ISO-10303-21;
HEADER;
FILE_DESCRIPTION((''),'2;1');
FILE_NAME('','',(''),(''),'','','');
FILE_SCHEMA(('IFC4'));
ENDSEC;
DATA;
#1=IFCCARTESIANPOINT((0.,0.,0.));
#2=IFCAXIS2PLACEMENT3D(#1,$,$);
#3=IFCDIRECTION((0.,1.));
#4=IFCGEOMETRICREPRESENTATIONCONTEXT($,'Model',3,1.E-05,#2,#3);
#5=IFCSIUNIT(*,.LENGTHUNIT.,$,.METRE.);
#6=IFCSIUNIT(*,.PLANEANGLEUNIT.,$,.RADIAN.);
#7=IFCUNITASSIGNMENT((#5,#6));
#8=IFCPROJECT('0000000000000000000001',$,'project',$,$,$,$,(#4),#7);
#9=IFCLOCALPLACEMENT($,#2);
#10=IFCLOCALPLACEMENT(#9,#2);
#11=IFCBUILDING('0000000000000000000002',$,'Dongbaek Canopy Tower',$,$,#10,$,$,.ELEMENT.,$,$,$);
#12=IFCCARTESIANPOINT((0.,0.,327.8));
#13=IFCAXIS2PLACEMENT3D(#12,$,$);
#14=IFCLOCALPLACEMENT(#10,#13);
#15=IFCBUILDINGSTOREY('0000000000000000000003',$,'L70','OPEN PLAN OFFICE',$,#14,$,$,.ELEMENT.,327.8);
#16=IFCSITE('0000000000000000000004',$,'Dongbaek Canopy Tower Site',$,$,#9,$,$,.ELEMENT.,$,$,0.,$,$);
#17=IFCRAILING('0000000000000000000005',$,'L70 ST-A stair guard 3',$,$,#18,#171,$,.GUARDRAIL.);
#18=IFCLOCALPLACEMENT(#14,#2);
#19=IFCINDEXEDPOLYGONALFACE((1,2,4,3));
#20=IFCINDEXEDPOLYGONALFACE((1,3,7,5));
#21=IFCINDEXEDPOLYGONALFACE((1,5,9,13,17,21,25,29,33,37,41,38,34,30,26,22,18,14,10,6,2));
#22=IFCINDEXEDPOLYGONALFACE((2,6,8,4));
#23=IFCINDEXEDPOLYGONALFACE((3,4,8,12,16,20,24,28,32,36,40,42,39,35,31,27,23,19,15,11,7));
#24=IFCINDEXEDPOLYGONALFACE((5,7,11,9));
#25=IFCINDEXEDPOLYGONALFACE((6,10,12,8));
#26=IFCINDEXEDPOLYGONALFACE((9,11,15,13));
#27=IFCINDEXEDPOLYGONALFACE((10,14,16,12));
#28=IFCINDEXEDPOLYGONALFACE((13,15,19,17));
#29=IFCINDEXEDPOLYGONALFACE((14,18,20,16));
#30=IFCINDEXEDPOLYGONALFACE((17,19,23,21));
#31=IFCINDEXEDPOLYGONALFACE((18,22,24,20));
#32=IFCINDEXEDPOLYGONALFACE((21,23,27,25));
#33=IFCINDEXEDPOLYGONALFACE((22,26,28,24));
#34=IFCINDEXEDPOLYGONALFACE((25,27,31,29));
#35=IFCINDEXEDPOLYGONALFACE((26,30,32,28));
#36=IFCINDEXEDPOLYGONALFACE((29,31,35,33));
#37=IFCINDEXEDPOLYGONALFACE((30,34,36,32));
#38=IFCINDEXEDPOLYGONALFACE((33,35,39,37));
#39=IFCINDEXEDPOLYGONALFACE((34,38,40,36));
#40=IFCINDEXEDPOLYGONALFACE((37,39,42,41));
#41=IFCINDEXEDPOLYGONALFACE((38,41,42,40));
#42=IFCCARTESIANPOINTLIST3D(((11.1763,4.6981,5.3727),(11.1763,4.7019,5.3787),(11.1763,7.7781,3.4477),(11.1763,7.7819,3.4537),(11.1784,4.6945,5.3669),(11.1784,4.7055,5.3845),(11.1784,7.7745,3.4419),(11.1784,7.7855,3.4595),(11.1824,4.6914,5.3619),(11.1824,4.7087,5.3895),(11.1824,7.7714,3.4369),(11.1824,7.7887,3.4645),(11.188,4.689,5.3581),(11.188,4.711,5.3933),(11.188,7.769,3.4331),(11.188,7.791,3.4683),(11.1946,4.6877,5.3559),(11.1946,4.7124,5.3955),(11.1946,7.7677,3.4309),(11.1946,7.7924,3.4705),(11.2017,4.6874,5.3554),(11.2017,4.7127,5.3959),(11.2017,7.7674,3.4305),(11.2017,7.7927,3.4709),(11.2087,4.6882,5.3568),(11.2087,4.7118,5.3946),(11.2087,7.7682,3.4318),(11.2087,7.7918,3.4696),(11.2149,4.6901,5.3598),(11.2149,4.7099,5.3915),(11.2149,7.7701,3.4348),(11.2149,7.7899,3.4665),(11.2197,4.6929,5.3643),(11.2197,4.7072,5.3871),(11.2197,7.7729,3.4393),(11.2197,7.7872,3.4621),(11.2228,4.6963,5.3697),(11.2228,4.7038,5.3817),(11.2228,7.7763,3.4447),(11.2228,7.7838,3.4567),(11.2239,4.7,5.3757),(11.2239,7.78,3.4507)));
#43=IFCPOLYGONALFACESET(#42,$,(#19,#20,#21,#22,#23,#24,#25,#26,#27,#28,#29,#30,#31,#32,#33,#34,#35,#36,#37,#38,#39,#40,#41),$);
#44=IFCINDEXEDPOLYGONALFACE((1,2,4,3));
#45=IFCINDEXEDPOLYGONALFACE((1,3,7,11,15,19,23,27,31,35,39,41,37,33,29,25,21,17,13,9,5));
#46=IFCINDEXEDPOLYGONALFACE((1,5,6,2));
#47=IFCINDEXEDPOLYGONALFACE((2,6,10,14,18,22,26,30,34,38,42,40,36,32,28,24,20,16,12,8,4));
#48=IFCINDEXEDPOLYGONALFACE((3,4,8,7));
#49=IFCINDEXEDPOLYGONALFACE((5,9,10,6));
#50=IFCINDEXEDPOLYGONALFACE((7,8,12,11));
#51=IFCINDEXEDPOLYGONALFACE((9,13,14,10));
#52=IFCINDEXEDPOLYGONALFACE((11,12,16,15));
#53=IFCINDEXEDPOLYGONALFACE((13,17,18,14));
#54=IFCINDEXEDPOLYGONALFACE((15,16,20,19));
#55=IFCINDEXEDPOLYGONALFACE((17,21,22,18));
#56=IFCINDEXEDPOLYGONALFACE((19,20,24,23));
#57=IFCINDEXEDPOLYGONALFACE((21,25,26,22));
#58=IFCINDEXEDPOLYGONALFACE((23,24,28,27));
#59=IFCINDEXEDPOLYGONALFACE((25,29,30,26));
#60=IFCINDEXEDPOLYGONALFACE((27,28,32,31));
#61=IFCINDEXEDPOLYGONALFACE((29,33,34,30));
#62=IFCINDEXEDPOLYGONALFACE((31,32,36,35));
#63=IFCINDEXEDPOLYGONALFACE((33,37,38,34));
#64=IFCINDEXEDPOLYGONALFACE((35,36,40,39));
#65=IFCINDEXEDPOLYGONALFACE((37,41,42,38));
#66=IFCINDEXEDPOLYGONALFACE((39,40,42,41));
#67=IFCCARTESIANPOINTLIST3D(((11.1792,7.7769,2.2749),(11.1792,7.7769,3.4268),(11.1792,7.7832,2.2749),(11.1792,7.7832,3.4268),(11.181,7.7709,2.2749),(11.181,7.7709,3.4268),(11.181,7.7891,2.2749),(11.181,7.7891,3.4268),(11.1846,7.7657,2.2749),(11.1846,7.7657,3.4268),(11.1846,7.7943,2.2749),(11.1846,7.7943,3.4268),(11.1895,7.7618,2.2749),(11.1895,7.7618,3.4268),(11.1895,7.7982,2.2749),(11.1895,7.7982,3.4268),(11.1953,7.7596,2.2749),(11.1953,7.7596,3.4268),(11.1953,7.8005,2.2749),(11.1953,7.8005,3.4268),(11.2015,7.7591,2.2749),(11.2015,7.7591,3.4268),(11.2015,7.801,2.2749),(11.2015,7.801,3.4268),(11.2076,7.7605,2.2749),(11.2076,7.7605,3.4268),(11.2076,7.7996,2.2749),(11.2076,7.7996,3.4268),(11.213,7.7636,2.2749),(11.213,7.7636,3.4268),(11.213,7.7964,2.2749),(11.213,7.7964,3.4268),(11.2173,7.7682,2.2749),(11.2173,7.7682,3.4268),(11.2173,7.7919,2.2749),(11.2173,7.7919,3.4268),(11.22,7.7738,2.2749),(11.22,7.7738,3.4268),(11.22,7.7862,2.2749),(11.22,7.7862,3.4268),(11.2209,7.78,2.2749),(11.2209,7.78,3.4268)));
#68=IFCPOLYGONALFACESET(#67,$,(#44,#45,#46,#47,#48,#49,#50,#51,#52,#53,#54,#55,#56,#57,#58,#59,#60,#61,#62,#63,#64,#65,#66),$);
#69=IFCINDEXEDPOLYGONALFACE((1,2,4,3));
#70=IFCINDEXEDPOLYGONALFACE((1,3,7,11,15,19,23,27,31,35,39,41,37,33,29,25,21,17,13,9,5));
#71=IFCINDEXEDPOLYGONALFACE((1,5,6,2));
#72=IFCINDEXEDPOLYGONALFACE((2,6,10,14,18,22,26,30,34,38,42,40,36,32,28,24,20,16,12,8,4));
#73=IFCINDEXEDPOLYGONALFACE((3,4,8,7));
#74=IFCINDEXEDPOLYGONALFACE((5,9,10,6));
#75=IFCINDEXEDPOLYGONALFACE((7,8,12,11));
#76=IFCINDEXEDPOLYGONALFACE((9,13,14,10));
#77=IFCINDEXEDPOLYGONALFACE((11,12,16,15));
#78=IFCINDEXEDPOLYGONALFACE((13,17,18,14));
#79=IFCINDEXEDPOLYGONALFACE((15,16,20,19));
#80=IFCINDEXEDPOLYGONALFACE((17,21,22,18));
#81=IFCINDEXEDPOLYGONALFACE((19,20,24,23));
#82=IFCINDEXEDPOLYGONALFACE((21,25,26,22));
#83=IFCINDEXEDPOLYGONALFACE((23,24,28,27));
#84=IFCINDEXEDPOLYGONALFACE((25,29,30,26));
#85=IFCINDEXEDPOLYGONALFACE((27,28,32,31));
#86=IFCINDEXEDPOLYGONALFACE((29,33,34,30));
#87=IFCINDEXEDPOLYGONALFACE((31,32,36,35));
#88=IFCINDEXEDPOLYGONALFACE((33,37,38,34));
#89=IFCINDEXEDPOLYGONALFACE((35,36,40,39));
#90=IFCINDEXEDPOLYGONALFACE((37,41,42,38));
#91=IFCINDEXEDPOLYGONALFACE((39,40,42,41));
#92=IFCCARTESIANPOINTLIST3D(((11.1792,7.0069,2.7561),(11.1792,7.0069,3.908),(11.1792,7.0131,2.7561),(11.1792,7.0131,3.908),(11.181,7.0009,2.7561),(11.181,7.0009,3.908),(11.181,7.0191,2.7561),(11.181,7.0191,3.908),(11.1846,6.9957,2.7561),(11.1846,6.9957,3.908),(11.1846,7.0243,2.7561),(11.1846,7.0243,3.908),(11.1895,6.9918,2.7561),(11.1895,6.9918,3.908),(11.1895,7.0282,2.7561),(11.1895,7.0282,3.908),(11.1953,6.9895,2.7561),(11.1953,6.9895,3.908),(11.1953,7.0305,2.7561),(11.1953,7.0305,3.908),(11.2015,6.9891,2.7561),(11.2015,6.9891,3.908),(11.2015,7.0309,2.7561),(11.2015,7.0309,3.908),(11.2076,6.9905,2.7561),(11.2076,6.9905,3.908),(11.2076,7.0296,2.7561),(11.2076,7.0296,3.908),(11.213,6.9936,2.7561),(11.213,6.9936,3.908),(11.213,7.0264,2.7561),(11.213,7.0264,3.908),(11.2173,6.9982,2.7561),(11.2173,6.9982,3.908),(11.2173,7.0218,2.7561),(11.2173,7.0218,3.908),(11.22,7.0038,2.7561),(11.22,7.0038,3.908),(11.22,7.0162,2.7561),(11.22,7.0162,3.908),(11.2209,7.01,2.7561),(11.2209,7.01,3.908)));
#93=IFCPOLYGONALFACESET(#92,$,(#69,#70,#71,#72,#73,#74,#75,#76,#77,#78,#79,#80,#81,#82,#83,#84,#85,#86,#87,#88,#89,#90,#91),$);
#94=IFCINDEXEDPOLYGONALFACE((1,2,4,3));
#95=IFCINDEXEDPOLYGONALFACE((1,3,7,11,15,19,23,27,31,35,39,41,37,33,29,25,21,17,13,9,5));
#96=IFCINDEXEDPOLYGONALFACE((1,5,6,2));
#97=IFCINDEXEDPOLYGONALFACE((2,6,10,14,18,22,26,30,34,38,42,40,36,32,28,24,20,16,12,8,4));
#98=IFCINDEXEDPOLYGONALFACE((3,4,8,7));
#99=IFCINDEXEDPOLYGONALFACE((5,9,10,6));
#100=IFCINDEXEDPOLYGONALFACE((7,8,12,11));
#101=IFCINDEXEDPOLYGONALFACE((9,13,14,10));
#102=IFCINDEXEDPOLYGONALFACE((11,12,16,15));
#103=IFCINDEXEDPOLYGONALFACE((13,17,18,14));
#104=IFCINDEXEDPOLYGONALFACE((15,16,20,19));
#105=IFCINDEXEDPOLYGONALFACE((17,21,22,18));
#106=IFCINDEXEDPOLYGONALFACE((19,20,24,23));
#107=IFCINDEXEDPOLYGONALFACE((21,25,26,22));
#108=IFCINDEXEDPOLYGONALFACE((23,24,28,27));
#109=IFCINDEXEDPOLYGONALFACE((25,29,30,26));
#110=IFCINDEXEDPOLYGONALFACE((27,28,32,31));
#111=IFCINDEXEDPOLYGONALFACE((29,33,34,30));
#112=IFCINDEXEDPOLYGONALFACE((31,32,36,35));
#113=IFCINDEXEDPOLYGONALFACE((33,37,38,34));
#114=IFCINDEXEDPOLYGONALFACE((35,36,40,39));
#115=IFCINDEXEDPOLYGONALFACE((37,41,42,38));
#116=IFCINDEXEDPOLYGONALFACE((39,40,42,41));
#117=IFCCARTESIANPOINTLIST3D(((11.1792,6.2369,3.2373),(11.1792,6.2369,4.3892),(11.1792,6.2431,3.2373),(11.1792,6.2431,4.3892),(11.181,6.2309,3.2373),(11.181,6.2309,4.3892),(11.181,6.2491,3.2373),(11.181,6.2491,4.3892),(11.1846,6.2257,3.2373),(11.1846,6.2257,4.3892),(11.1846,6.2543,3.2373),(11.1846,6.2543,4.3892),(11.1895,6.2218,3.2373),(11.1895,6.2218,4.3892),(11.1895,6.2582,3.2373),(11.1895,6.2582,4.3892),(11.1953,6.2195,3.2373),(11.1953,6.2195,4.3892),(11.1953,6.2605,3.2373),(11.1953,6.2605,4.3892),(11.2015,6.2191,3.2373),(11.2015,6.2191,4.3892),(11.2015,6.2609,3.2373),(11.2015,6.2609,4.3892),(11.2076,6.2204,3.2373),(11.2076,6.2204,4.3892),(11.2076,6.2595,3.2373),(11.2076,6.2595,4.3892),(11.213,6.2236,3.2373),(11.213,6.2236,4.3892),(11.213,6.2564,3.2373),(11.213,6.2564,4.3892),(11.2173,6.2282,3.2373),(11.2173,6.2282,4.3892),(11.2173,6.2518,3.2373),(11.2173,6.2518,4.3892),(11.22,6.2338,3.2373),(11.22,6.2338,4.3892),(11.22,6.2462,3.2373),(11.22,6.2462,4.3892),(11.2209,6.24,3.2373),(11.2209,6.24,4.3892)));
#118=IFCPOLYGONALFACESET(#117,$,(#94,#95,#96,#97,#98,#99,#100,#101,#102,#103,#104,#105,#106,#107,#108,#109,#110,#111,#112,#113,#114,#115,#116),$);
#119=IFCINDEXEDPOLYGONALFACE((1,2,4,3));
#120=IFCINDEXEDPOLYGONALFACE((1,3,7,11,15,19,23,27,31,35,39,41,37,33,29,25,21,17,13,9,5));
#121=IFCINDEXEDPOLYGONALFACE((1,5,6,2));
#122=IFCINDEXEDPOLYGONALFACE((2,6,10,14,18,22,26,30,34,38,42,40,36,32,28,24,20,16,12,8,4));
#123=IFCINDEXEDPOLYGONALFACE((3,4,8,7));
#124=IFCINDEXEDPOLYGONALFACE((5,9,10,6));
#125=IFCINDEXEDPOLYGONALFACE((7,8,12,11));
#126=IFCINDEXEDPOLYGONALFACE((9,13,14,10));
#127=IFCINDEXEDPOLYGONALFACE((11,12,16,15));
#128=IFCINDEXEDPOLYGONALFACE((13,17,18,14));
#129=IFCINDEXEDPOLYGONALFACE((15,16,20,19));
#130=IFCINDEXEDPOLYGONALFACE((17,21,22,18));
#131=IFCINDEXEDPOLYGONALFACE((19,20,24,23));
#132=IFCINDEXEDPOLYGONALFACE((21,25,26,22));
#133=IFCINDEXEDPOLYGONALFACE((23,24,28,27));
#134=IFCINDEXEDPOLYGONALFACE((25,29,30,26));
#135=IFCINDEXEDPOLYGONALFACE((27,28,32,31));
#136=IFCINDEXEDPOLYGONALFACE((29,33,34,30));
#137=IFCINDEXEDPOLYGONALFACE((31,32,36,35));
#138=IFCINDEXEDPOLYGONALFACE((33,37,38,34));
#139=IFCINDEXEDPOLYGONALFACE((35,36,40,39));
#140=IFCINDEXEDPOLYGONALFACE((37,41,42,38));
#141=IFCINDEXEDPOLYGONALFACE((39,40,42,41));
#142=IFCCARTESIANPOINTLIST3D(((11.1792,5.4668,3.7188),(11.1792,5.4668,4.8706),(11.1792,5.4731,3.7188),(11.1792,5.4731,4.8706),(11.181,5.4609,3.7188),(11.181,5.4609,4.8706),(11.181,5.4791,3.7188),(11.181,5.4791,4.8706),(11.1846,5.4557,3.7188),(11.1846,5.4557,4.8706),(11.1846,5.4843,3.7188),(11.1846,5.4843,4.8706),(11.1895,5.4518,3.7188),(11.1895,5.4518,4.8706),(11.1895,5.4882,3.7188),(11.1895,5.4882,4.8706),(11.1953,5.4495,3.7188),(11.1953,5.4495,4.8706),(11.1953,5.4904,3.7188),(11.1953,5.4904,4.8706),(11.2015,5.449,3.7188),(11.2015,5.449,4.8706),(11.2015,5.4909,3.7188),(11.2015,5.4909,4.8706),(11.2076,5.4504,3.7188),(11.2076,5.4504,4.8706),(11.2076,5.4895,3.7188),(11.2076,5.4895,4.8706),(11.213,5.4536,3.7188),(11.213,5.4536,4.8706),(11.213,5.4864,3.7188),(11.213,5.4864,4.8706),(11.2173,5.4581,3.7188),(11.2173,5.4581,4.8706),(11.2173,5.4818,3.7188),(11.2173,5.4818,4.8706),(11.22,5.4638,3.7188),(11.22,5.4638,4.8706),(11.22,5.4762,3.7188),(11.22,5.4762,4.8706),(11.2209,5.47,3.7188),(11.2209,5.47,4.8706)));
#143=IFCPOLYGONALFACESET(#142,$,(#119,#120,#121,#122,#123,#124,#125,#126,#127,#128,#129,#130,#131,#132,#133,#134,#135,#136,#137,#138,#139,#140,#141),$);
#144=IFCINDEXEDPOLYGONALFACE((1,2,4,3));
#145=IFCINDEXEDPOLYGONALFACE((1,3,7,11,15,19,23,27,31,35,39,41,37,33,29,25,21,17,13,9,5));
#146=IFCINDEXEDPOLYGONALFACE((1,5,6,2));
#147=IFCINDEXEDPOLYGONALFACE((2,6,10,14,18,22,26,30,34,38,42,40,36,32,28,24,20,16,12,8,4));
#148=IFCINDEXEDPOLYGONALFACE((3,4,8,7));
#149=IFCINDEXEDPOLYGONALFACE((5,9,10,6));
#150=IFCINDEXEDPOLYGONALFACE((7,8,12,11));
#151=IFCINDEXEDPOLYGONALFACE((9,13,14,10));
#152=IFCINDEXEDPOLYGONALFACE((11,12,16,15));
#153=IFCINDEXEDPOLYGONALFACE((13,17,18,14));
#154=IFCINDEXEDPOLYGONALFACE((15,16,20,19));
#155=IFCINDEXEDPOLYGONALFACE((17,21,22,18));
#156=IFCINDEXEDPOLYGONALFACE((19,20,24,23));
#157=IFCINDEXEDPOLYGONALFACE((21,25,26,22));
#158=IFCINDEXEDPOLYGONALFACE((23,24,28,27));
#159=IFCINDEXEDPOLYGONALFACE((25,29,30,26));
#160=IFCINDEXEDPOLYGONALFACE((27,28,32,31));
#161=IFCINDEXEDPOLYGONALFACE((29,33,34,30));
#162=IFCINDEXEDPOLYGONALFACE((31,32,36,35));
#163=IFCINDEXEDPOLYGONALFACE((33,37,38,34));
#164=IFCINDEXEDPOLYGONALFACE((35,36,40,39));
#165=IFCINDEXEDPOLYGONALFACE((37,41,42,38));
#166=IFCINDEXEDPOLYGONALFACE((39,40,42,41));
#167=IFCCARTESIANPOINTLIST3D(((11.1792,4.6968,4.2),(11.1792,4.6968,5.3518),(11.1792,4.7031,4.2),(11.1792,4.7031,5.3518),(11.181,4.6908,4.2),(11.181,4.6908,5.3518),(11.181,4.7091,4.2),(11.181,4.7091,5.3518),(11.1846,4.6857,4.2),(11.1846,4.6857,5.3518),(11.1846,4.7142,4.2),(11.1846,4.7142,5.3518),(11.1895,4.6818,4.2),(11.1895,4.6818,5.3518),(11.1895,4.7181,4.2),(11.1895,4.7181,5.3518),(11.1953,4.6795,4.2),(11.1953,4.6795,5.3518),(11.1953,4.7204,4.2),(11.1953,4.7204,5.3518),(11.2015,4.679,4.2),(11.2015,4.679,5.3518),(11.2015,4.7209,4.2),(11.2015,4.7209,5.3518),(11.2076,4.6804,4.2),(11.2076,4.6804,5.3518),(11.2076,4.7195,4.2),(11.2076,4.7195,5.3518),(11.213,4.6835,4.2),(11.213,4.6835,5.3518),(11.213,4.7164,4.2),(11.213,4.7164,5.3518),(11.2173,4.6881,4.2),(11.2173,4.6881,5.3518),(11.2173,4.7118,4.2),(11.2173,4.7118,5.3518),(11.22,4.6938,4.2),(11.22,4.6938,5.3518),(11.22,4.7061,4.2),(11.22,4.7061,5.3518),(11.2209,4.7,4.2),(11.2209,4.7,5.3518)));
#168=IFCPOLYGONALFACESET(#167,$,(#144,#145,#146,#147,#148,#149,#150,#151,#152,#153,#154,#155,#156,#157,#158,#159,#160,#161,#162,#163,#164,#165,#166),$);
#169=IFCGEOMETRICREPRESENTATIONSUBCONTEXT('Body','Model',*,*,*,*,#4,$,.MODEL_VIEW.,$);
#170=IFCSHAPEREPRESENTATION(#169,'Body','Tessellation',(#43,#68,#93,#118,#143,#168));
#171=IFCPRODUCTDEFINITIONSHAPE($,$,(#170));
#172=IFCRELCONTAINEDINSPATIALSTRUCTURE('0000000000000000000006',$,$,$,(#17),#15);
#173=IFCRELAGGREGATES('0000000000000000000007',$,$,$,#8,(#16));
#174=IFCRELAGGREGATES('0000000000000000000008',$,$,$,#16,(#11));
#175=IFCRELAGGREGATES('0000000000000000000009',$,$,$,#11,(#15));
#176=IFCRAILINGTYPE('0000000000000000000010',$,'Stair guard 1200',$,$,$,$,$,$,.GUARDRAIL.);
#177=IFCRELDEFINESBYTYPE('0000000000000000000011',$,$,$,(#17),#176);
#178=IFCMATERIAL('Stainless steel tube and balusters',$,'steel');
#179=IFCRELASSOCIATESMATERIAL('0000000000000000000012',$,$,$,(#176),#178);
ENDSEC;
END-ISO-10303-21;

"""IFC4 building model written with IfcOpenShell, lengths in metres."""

from ifc_helpers import new_model, si_unit, direction, frame, origin, origin_2d, place, context, subcontext, project, spatial, circle, extrude, material, type_object, element, save


model = new_model("IFC4")

# Units and contexts
model_context = context("Model", 3, precision=1e-05, world=origin(), true_north=direction((0.0, 1.0)))
body_context = subcontext(model_context, "Body", "Model", "MODEL_VIEW")
ifc_project = project(units=[si_unit("LENGTHUNIT", "METRE"), si_unit("PLANEANGLEUNIT", "RADIAN")], contexts=[model_context])

# Site, building, storey
site_placement = place(None, origin())
site = spatial("IfcSite", under=ifc_project, at=site_placement, Name="Dongbaek Canopy Tower Site", CompositionType="ELEMENT", RefElevation=0.0)
building_placement = place(site_placement, origin())
building = spatial("IfcBuilding", under=site, at=building_placement, Name="Dongbaek Canopy Tower", CompositionType="ELEMENT")
storey_placement = place(building_placement, frame((0.0, 0.0, 327.8)))
storey = spatial("IfcBuildingStorey", under=building, at=storey_placement, Name="L70", Description="OPEN PLAN OFFICE", CompositionType="ELEMENT", Elevation=327.8)

# Railing
ifc_material_1 = material(Name="Stainless steel tube and balusters", Category="steel")
railing_type_1 = type_object("IfcRailingType", Name="Stair guard 1200", PredefinedType="GUARDRAIL", material=ifc_material_1)
railing_1_placement = place(storey_placement, frame((11.2, 7.78, 2.2749)))
element("IfcRailing", 1, at=railing_1_placement, inside=storey, type_object=railing_type_1, Name="L70 ST-A stair guard 3", PredefinedType="GUARDRAIL", context=body_context, shape_type="SweptSolid", body=[
    extrude(circle(Radius=0.0239, at=origin_2d()), frame((0.0, 0.0, 1.1758), z_axis=(0.0, -0.847998, 0.529999), x_axis=(1.0, 0.0, 0.0)), (0.0, 0.0, 1.0), 3.6321),
    extrude(circle(Radius=0.021, at=origin_2d()), origin(), (0.0, 0.0, 1.0), 1.1519),
    extrude(circle(Radius=0.021, at=origin_2d()), frame((0.0, -0.77, 0.4812)), (0.0, 0.0, 1.0), 1.1519),
    extrude(circle(Radius=0.021, at=origin_2d()), frame((0.0, -1.54, 0.9624)), (0.0, 0.0, 1.0), 1.1519),
    extrude(circle(Radius=0.021, at=origin_2d()), frame((0.0, -2.3101, 1.4438)), (0.0, 0.0, 1.0), 1.1519),
    extrude(circle(Radius=0.021, at=origin_2d()), frame((0.0, -3.0801, 1.925)), (0.0, 0.0, 1.0), 1.1519),
])

save(model, "model.ifc")
